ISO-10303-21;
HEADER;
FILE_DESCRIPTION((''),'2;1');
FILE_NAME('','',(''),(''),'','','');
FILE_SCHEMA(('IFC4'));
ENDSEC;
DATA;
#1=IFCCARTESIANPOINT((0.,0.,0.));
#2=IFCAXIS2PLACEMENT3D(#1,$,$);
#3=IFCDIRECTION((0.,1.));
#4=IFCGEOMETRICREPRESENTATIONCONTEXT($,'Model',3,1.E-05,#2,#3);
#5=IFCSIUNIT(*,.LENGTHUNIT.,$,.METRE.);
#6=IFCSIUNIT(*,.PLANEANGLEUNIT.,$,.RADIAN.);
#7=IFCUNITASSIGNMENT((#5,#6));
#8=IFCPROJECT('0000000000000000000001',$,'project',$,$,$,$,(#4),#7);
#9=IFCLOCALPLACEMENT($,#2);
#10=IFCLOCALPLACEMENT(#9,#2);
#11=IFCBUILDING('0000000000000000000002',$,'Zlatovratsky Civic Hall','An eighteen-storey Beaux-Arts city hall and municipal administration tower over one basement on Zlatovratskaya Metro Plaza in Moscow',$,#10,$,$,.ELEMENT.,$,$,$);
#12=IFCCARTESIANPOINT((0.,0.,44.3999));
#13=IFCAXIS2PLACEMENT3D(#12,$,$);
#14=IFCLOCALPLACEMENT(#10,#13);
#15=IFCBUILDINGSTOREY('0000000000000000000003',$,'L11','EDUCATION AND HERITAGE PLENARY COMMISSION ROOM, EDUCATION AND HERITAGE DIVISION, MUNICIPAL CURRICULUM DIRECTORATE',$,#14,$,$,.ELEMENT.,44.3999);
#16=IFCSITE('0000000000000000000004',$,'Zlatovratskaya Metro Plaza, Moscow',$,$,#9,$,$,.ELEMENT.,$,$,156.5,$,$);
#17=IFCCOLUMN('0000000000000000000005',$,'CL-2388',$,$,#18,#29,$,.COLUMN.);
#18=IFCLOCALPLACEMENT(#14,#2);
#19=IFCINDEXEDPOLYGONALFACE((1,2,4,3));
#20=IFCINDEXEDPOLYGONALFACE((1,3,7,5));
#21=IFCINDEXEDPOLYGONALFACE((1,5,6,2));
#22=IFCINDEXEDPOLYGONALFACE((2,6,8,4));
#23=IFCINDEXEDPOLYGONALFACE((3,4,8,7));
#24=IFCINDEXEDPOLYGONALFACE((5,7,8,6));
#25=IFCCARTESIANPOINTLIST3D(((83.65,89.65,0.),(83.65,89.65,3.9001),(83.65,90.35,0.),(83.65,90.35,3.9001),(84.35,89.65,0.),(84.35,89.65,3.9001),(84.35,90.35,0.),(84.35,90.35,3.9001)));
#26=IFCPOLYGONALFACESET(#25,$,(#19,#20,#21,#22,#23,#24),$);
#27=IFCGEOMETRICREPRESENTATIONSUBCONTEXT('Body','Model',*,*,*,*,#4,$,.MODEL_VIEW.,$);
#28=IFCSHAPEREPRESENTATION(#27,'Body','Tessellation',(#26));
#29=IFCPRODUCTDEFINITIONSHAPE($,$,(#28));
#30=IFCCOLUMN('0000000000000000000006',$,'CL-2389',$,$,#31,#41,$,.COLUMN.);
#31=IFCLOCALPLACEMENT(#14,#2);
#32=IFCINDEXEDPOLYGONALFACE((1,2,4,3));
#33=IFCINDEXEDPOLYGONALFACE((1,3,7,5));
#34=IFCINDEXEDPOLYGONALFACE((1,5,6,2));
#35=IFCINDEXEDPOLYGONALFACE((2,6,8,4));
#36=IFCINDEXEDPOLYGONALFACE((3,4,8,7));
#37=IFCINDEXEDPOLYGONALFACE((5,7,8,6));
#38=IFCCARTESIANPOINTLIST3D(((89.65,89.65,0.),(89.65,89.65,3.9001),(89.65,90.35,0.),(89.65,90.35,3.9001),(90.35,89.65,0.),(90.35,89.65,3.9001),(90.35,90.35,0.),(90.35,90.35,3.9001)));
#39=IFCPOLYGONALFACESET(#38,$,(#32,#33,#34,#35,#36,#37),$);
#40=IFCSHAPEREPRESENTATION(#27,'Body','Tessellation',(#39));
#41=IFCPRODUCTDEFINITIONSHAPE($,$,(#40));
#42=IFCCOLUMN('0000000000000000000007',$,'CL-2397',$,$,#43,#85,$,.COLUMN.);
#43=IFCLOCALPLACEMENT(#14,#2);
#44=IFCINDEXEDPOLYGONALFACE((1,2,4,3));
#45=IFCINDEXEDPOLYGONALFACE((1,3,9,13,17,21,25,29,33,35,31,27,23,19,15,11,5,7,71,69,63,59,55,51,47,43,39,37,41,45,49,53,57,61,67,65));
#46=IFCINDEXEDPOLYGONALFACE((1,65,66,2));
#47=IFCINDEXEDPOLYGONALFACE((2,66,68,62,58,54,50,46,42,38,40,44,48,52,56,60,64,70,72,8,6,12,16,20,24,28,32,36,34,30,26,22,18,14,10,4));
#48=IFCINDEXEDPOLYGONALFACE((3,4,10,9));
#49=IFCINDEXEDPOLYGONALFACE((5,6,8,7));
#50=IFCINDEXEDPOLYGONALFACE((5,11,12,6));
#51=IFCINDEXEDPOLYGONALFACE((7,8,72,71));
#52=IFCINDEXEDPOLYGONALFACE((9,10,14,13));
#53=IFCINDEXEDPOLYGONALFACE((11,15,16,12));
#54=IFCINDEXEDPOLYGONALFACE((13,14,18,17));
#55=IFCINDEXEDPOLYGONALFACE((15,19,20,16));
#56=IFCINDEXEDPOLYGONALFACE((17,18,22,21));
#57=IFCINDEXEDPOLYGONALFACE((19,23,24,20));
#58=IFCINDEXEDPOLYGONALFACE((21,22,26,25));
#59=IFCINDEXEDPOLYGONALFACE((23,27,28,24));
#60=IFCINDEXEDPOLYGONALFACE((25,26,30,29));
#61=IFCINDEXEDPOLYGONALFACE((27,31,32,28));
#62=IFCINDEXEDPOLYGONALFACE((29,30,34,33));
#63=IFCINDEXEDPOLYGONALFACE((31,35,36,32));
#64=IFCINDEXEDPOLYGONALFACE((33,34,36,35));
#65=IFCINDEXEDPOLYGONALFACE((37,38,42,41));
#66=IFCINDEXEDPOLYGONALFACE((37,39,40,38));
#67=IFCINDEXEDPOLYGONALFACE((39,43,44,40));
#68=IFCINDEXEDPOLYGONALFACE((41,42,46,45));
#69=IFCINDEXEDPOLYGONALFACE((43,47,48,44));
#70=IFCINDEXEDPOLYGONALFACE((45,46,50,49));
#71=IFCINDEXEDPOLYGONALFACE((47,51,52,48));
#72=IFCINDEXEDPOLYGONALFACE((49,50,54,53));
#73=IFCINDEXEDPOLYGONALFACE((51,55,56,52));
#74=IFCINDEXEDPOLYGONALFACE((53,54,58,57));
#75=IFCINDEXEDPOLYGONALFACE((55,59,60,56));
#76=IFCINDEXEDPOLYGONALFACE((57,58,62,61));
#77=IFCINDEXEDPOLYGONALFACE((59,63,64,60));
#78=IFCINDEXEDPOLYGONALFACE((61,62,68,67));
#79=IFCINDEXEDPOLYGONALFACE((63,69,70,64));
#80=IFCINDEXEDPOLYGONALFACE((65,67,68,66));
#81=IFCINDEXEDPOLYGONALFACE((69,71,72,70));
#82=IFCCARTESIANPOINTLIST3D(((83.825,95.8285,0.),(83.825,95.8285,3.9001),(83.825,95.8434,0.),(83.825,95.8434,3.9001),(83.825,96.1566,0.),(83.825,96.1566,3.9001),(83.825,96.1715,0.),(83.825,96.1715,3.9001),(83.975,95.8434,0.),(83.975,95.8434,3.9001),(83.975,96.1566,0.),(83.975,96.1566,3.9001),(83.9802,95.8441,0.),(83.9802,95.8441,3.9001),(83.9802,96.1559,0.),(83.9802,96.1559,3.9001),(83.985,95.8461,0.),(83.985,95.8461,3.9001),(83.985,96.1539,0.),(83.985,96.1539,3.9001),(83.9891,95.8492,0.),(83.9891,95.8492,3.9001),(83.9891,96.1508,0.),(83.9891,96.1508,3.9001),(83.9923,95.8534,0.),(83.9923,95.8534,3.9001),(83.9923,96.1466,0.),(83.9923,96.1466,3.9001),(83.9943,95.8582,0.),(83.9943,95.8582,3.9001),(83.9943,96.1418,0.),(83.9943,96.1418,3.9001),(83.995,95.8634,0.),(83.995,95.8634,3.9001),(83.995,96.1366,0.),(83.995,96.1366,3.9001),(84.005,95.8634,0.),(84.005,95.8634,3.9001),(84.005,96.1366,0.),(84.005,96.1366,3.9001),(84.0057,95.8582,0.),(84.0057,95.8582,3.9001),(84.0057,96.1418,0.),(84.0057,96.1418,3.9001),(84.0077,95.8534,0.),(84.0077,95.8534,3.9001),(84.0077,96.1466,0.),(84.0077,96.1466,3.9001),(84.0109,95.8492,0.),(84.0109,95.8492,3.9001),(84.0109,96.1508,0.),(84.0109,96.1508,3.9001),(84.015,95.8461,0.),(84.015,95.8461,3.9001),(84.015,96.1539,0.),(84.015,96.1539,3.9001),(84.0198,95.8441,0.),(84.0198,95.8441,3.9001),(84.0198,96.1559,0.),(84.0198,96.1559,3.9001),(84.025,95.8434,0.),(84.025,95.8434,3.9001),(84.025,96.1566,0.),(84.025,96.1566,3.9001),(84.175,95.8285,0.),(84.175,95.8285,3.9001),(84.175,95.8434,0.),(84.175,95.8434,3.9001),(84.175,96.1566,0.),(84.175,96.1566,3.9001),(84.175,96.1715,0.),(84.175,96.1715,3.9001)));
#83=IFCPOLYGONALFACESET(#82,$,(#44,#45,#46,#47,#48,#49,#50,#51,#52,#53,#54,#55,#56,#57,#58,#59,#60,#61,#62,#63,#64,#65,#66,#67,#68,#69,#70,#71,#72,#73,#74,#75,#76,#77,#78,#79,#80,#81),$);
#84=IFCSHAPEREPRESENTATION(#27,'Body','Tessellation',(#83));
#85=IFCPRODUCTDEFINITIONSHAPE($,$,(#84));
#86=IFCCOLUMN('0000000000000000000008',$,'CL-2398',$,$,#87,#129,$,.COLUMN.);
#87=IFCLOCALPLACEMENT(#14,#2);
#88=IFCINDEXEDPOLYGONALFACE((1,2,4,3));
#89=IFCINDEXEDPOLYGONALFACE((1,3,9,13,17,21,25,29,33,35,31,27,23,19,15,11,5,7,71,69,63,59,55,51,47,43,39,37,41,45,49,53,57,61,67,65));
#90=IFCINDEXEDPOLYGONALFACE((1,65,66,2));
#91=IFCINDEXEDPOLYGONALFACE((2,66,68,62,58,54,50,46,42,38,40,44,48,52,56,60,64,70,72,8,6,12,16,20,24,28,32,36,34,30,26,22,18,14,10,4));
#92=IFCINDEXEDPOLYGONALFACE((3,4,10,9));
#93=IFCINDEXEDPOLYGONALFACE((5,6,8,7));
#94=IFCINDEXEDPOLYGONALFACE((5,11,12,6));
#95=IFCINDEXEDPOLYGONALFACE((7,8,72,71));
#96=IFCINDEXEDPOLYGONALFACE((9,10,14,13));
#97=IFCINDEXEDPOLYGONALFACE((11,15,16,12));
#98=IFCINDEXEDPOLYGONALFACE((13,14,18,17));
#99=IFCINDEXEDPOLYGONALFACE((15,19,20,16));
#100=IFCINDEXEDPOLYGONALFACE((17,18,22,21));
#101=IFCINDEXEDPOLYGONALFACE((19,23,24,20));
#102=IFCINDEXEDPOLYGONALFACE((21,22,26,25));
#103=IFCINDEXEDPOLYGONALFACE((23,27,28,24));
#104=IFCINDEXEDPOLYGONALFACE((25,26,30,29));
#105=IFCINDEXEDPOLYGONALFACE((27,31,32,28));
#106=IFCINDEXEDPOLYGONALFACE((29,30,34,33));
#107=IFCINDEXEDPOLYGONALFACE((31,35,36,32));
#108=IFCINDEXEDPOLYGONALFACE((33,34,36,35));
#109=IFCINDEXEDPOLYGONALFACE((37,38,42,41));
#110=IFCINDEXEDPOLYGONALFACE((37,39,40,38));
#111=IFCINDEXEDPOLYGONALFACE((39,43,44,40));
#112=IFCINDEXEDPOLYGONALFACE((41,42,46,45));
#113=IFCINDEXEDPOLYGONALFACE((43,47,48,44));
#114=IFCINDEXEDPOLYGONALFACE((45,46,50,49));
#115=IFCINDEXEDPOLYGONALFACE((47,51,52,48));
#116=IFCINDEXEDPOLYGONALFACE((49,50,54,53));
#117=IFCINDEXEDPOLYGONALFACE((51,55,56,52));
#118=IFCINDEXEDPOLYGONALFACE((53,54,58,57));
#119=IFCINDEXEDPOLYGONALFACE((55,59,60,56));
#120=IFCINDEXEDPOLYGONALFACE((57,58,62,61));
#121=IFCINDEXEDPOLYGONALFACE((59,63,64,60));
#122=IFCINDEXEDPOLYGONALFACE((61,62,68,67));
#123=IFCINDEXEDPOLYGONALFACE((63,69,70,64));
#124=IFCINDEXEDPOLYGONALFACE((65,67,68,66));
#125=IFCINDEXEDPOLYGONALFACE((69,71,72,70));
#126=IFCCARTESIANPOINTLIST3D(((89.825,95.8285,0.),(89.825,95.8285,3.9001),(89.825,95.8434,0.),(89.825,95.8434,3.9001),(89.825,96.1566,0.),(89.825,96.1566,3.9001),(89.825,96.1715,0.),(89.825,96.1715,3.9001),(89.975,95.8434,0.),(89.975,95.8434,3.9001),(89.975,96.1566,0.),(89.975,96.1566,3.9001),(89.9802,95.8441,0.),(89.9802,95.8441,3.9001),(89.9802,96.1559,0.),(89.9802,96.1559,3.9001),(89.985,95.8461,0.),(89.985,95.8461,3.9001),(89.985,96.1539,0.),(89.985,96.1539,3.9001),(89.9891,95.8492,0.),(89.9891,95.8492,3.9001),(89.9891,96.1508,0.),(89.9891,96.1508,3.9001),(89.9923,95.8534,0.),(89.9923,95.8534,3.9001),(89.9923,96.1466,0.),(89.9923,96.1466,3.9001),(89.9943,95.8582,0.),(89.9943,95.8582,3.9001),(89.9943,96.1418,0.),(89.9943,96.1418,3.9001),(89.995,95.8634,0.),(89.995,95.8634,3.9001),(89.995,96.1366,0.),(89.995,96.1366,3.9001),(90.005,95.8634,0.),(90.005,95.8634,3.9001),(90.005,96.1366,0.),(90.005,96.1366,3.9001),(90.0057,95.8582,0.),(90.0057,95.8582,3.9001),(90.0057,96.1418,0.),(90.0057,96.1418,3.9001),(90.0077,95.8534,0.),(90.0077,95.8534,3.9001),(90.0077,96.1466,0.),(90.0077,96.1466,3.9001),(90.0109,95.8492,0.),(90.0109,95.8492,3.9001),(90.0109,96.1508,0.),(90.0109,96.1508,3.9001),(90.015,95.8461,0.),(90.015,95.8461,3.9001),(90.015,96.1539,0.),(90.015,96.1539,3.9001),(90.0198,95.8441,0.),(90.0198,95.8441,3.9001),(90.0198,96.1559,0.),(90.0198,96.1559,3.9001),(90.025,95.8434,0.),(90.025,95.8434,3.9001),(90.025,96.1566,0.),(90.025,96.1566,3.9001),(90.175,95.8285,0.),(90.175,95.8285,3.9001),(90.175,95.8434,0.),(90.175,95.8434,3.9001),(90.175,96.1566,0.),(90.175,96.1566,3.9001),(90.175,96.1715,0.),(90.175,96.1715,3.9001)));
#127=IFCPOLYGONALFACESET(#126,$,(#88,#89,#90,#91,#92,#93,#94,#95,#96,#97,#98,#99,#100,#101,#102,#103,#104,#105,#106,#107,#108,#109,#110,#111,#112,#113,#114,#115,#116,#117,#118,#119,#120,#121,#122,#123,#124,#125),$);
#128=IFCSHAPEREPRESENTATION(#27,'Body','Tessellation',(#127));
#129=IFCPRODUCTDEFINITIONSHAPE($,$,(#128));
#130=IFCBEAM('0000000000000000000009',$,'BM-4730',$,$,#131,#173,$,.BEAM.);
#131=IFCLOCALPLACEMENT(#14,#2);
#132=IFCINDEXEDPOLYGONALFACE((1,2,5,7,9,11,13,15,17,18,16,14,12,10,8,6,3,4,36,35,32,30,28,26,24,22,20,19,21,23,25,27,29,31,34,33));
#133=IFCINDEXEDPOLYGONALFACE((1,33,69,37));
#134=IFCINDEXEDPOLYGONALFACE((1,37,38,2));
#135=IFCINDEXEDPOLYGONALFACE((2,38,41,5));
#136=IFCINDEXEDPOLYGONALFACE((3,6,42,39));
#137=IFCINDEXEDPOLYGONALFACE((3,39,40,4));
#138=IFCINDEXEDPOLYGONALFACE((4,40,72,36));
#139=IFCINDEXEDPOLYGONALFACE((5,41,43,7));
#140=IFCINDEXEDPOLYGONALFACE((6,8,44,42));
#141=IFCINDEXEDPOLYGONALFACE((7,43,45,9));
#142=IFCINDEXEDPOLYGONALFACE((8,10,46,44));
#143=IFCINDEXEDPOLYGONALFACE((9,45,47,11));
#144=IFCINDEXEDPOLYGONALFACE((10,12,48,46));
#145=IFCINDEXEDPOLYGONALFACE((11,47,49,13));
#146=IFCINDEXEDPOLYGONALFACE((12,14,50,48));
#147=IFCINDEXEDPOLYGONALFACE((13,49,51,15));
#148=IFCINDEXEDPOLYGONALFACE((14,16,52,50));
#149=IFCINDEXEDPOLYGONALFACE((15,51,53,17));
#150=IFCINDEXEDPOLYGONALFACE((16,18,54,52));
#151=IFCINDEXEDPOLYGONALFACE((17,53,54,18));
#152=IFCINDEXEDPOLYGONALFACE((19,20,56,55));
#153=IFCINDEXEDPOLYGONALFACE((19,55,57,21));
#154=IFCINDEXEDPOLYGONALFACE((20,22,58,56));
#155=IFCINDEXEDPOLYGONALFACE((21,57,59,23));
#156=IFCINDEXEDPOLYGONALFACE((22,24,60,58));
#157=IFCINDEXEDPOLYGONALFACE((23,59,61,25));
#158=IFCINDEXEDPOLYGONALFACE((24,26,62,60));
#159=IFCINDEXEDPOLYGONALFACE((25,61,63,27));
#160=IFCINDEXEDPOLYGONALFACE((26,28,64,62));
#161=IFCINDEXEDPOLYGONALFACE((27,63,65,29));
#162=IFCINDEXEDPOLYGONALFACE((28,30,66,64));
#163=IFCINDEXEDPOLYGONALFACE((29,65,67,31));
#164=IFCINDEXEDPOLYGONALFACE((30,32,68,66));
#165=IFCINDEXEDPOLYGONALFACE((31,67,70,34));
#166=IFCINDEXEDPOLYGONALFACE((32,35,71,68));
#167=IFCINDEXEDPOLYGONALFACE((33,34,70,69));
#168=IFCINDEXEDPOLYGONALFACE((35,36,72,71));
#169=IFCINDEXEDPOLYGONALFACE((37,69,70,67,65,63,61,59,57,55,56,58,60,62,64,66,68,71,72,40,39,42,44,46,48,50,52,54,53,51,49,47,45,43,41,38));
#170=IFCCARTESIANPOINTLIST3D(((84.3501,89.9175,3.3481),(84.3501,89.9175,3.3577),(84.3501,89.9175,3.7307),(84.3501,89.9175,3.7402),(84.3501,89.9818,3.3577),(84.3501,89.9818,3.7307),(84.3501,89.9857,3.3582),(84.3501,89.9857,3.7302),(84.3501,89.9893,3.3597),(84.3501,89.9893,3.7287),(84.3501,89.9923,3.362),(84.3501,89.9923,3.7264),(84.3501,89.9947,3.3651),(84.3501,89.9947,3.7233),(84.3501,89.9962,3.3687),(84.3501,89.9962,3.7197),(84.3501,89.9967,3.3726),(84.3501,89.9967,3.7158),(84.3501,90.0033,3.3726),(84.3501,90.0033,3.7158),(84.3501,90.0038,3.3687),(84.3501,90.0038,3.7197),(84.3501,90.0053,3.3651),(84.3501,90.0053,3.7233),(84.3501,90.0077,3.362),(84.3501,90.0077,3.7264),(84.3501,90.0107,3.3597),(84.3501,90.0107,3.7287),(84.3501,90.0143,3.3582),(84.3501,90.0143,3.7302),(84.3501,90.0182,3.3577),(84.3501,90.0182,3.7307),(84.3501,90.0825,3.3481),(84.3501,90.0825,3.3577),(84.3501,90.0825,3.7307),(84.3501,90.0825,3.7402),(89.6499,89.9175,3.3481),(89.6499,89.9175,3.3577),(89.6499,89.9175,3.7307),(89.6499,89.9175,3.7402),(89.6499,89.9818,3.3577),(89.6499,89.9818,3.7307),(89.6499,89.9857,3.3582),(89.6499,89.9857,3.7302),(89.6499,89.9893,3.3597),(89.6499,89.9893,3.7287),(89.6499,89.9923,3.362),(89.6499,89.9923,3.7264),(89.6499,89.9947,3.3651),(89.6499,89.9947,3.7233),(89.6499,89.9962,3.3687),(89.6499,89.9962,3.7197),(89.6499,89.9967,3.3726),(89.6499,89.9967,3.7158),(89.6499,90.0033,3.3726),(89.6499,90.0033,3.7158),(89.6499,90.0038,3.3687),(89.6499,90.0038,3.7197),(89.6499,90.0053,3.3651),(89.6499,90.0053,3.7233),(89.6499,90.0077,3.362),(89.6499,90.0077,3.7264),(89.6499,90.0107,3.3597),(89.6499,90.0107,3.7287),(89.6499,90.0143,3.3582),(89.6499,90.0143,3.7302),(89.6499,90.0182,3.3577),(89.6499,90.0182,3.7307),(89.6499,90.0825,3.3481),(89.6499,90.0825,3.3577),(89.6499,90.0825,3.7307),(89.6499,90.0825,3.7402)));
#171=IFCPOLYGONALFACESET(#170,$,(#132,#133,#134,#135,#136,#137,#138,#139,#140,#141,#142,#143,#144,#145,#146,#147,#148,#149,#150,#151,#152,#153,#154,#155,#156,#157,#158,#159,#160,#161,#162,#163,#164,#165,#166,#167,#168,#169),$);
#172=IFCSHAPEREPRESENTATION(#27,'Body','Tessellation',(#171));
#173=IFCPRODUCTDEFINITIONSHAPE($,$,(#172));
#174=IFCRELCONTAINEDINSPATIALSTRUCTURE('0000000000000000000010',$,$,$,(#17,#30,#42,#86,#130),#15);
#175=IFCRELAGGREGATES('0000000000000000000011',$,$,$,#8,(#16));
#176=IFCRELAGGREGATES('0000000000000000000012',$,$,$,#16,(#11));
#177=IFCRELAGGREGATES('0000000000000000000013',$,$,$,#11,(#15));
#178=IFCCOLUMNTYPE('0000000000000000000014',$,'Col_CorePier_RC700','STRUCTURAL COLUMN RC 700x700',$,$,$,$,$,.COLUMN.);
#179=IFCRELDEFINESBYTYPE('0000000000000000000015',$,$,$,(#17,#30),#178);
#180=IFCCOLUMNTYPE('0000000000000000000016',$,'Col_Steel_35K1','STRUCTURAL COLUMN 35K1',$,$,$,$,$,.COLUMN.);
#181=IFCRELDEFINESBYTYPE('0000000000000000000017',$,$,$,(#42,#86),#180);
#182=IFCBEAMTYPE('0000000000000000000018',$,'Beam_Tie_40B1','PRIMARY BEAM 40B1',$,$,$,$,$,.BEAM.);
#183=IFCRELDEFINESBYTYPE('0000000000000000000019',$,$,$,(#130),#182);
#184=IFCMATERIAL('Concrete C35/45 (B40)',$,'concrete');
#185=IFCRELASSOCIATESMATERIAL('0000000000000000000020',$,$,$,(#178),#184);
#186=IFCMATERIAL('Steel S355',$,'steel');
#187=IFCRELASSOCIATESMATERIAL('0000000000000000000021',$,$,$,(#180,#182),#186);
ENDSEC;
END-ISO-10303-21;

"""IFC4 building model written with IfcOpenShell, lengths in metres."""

from ifc_helpers import new_model, si_unit, direction, frame, origin, origin_2d, place, context, subcontext, project, spatial, rectangle, i_section, extrude, material, material_profile, profile_set, type_object, element, save


model = new_model("IFC4")

# Units and contexts
model_context = context("Model", 3, precision=1e-05, world=origin(), true_north=direction((0.0, 1.0)))
body_context = subcontext(model_context, "Body", "Model", "MODEL_VIEW")
ifc_project = project(units=[si_unit("LENGTHUNIT", "METRE"), si_unit("PLANEANGLEUNIT", "RADIAN")], contexts=[model_context])

# Site, building, storey
site_placement = place(None, origin())
site = spatial("IfcSite", under=ifc_project, at=site_placement, Name="Zlatovratskaya Metro Plaza, Moscow", CompositionType="ELEMENT", RefElevation=156.5)
building_placement = place(site_placement, origin())
building = spatial("IfcBuilding", under=site, at=building_placement, Name="Zlatovratsky Civic Hall", Description="An eighteen-storey Beaux-Arts city hall and municipal administration tower over one basement on Zlatovratskaya Metro Plaza in Moscow", CompositionType="ELEMENT")
storey_placement = place(building_placement, frame((0.0, 0.0, 44.3999)))
storey = spatial("IfcBuildingStorey", under=building, at=storey_placement, Name="L11", Description="EDUCATION AND HERITAGE PLENARY COMMISSION ROOM, EDUCATION AND HERITAGE DIVISION, MUNICIPAL CURRICULUM DIRECTORATE", CompositionType="ELEMENT", Elevation=44.3999)

# Columns
ifc_material_1 = material(Name="Concrete C35/45 (B40)", Category="concrete")
ifc_material_profile_1 = material_profile(ifc_material_1, rectangle(XDim=0.7, YDim=0.7, at=origin_2d()), Name="RC 700x700")
ifc_profile_set_1 = profile_set([ifc_material_profile_1], Name="Concrete C35/45 (B40)")
column_type_1 = type_object("IfcColumnType", Name="Col_CorePier_RC700", Description="STRUCTURAL COLUMN RC 700x700", PredefinedType="COLUMN", material=ifc_profile_set_1)
for number, where, z_axis, x_axis, name in (
    (1, (84.0, 90.0, 0.0), (0.0, 0.0, 1.0), (1.0, 0.0, 0.0), "CL-2388"),
    (2, (90.0, 90.0, 0.0), (0.0, 0.0, 1.0), (1.0, 0.0, 0.0), "CL-2389"),
):
    element("IfcColumn", number, at=place(storey_placement, frame(where, z_axis=z_axis, x_axis=x_axis)), inside=storey, type_object=column_type_1, Name=name, PredefinedType="COLUMN", context=body_context, shape_type="SweptSolid", body=[
        extrude(rectangle(XDim=0.7, YDim=0.7, at=origin_2d()), origin(), (0.0, 0.0, 1.0), 3.9001),
    ])
ifc_material_2 = material(Name="Steel S355", Category="steel")
ifc_material_profile_2 = material_profile(ifc_material_2, i_section(OverallWidth=0.3501, OverallDepth=0.343, WebThickness=0.01, FlangeThickness=0.0149, FilletRadius=0.02, at=origin_2d()), Name="35K1")
ifc_profile_set_2 = profile_set([ifc_material_profile_2], Name="Steel S355")
column_type_2 = type_object("IfcColumnType", Name="Col_Steel_35K1", Description="STRUCTURAL COLUMN 35K1", PredefinedType="COLUMN", material=ifc_profile_set_2)
for number, where, z_axis, x_axis, name in (
    (3, (84.0, 96.0, 0.0), (0.0, 0.0, 1.0), (1.0, 0.0, 0.0), "CL-2397"),
    (4, (90.0, 96.0, 0.0), (0.0, 0.0, 1.0), (1.0, 0.0, 0.0), "CL-2398"),
):
    element("IfcColumn", number, at=place(storey_placement, frame(where, z_axis=z_axis, x_axis=x_axis)), inside=storey, type_object=column_type_2, Name=name, PredefinedType="COLUMN", context=body_context, shape_type="SweptSolid", body=[
        extrude(i_section(OverallWidth=0.3501, OverallDepth=0.343, WebThickness=0.01, FlangeThickness=0.0149, FilletRadius=0.02, at=origin_2d()), origin(), (0.0, 0.0, 1.0), 3.9001),
    ])

# Beam
ifc_material_profile_3 = material_profile(ifc_material_2, i_section(OverallWidth=0.165, OverallDepth=0.3921, WebThickness=0.0066, FlangeThickness=0.0095, FilletRadius=0.0149, at=origin_2d()), Name="40B1")
ifc_profile_set_3 = profile_set([ifc_material_profile_3], Name="Steel S355")
beam_type_1 = type_object("IfcBeamType", Name="Beam_Tie_40B1", Description="PRIMARY BEAM 40B1", PredefinedType="BEAM", material=ifc_profile_set_3)
beam_1_placement = place(storey_placement, frame((84.3501, 90.0, 3.5442), z_axis=(1.0, 0.0, 0.0), x_axis=(0.0, 1.0, 0.0)))
element("IfcBeam", 5, at=beam_1_placement, inside=storey, type_object=beam_type_1, Name="BM-4730", PredefinedType="BEAM", context=body_context, shape_type="SweptSolid", body=[
    extrude(i_section(OverallWidth=0.165, OverallDepth=0.3921, WebThickness=0.0066, FlangeThickness=0.0095, FilletRadius=0.0149, at=origin_2d()), origin(), (0.0, 0.0, 1.0), 5.2998),
])

save(model, "model.ifc")
